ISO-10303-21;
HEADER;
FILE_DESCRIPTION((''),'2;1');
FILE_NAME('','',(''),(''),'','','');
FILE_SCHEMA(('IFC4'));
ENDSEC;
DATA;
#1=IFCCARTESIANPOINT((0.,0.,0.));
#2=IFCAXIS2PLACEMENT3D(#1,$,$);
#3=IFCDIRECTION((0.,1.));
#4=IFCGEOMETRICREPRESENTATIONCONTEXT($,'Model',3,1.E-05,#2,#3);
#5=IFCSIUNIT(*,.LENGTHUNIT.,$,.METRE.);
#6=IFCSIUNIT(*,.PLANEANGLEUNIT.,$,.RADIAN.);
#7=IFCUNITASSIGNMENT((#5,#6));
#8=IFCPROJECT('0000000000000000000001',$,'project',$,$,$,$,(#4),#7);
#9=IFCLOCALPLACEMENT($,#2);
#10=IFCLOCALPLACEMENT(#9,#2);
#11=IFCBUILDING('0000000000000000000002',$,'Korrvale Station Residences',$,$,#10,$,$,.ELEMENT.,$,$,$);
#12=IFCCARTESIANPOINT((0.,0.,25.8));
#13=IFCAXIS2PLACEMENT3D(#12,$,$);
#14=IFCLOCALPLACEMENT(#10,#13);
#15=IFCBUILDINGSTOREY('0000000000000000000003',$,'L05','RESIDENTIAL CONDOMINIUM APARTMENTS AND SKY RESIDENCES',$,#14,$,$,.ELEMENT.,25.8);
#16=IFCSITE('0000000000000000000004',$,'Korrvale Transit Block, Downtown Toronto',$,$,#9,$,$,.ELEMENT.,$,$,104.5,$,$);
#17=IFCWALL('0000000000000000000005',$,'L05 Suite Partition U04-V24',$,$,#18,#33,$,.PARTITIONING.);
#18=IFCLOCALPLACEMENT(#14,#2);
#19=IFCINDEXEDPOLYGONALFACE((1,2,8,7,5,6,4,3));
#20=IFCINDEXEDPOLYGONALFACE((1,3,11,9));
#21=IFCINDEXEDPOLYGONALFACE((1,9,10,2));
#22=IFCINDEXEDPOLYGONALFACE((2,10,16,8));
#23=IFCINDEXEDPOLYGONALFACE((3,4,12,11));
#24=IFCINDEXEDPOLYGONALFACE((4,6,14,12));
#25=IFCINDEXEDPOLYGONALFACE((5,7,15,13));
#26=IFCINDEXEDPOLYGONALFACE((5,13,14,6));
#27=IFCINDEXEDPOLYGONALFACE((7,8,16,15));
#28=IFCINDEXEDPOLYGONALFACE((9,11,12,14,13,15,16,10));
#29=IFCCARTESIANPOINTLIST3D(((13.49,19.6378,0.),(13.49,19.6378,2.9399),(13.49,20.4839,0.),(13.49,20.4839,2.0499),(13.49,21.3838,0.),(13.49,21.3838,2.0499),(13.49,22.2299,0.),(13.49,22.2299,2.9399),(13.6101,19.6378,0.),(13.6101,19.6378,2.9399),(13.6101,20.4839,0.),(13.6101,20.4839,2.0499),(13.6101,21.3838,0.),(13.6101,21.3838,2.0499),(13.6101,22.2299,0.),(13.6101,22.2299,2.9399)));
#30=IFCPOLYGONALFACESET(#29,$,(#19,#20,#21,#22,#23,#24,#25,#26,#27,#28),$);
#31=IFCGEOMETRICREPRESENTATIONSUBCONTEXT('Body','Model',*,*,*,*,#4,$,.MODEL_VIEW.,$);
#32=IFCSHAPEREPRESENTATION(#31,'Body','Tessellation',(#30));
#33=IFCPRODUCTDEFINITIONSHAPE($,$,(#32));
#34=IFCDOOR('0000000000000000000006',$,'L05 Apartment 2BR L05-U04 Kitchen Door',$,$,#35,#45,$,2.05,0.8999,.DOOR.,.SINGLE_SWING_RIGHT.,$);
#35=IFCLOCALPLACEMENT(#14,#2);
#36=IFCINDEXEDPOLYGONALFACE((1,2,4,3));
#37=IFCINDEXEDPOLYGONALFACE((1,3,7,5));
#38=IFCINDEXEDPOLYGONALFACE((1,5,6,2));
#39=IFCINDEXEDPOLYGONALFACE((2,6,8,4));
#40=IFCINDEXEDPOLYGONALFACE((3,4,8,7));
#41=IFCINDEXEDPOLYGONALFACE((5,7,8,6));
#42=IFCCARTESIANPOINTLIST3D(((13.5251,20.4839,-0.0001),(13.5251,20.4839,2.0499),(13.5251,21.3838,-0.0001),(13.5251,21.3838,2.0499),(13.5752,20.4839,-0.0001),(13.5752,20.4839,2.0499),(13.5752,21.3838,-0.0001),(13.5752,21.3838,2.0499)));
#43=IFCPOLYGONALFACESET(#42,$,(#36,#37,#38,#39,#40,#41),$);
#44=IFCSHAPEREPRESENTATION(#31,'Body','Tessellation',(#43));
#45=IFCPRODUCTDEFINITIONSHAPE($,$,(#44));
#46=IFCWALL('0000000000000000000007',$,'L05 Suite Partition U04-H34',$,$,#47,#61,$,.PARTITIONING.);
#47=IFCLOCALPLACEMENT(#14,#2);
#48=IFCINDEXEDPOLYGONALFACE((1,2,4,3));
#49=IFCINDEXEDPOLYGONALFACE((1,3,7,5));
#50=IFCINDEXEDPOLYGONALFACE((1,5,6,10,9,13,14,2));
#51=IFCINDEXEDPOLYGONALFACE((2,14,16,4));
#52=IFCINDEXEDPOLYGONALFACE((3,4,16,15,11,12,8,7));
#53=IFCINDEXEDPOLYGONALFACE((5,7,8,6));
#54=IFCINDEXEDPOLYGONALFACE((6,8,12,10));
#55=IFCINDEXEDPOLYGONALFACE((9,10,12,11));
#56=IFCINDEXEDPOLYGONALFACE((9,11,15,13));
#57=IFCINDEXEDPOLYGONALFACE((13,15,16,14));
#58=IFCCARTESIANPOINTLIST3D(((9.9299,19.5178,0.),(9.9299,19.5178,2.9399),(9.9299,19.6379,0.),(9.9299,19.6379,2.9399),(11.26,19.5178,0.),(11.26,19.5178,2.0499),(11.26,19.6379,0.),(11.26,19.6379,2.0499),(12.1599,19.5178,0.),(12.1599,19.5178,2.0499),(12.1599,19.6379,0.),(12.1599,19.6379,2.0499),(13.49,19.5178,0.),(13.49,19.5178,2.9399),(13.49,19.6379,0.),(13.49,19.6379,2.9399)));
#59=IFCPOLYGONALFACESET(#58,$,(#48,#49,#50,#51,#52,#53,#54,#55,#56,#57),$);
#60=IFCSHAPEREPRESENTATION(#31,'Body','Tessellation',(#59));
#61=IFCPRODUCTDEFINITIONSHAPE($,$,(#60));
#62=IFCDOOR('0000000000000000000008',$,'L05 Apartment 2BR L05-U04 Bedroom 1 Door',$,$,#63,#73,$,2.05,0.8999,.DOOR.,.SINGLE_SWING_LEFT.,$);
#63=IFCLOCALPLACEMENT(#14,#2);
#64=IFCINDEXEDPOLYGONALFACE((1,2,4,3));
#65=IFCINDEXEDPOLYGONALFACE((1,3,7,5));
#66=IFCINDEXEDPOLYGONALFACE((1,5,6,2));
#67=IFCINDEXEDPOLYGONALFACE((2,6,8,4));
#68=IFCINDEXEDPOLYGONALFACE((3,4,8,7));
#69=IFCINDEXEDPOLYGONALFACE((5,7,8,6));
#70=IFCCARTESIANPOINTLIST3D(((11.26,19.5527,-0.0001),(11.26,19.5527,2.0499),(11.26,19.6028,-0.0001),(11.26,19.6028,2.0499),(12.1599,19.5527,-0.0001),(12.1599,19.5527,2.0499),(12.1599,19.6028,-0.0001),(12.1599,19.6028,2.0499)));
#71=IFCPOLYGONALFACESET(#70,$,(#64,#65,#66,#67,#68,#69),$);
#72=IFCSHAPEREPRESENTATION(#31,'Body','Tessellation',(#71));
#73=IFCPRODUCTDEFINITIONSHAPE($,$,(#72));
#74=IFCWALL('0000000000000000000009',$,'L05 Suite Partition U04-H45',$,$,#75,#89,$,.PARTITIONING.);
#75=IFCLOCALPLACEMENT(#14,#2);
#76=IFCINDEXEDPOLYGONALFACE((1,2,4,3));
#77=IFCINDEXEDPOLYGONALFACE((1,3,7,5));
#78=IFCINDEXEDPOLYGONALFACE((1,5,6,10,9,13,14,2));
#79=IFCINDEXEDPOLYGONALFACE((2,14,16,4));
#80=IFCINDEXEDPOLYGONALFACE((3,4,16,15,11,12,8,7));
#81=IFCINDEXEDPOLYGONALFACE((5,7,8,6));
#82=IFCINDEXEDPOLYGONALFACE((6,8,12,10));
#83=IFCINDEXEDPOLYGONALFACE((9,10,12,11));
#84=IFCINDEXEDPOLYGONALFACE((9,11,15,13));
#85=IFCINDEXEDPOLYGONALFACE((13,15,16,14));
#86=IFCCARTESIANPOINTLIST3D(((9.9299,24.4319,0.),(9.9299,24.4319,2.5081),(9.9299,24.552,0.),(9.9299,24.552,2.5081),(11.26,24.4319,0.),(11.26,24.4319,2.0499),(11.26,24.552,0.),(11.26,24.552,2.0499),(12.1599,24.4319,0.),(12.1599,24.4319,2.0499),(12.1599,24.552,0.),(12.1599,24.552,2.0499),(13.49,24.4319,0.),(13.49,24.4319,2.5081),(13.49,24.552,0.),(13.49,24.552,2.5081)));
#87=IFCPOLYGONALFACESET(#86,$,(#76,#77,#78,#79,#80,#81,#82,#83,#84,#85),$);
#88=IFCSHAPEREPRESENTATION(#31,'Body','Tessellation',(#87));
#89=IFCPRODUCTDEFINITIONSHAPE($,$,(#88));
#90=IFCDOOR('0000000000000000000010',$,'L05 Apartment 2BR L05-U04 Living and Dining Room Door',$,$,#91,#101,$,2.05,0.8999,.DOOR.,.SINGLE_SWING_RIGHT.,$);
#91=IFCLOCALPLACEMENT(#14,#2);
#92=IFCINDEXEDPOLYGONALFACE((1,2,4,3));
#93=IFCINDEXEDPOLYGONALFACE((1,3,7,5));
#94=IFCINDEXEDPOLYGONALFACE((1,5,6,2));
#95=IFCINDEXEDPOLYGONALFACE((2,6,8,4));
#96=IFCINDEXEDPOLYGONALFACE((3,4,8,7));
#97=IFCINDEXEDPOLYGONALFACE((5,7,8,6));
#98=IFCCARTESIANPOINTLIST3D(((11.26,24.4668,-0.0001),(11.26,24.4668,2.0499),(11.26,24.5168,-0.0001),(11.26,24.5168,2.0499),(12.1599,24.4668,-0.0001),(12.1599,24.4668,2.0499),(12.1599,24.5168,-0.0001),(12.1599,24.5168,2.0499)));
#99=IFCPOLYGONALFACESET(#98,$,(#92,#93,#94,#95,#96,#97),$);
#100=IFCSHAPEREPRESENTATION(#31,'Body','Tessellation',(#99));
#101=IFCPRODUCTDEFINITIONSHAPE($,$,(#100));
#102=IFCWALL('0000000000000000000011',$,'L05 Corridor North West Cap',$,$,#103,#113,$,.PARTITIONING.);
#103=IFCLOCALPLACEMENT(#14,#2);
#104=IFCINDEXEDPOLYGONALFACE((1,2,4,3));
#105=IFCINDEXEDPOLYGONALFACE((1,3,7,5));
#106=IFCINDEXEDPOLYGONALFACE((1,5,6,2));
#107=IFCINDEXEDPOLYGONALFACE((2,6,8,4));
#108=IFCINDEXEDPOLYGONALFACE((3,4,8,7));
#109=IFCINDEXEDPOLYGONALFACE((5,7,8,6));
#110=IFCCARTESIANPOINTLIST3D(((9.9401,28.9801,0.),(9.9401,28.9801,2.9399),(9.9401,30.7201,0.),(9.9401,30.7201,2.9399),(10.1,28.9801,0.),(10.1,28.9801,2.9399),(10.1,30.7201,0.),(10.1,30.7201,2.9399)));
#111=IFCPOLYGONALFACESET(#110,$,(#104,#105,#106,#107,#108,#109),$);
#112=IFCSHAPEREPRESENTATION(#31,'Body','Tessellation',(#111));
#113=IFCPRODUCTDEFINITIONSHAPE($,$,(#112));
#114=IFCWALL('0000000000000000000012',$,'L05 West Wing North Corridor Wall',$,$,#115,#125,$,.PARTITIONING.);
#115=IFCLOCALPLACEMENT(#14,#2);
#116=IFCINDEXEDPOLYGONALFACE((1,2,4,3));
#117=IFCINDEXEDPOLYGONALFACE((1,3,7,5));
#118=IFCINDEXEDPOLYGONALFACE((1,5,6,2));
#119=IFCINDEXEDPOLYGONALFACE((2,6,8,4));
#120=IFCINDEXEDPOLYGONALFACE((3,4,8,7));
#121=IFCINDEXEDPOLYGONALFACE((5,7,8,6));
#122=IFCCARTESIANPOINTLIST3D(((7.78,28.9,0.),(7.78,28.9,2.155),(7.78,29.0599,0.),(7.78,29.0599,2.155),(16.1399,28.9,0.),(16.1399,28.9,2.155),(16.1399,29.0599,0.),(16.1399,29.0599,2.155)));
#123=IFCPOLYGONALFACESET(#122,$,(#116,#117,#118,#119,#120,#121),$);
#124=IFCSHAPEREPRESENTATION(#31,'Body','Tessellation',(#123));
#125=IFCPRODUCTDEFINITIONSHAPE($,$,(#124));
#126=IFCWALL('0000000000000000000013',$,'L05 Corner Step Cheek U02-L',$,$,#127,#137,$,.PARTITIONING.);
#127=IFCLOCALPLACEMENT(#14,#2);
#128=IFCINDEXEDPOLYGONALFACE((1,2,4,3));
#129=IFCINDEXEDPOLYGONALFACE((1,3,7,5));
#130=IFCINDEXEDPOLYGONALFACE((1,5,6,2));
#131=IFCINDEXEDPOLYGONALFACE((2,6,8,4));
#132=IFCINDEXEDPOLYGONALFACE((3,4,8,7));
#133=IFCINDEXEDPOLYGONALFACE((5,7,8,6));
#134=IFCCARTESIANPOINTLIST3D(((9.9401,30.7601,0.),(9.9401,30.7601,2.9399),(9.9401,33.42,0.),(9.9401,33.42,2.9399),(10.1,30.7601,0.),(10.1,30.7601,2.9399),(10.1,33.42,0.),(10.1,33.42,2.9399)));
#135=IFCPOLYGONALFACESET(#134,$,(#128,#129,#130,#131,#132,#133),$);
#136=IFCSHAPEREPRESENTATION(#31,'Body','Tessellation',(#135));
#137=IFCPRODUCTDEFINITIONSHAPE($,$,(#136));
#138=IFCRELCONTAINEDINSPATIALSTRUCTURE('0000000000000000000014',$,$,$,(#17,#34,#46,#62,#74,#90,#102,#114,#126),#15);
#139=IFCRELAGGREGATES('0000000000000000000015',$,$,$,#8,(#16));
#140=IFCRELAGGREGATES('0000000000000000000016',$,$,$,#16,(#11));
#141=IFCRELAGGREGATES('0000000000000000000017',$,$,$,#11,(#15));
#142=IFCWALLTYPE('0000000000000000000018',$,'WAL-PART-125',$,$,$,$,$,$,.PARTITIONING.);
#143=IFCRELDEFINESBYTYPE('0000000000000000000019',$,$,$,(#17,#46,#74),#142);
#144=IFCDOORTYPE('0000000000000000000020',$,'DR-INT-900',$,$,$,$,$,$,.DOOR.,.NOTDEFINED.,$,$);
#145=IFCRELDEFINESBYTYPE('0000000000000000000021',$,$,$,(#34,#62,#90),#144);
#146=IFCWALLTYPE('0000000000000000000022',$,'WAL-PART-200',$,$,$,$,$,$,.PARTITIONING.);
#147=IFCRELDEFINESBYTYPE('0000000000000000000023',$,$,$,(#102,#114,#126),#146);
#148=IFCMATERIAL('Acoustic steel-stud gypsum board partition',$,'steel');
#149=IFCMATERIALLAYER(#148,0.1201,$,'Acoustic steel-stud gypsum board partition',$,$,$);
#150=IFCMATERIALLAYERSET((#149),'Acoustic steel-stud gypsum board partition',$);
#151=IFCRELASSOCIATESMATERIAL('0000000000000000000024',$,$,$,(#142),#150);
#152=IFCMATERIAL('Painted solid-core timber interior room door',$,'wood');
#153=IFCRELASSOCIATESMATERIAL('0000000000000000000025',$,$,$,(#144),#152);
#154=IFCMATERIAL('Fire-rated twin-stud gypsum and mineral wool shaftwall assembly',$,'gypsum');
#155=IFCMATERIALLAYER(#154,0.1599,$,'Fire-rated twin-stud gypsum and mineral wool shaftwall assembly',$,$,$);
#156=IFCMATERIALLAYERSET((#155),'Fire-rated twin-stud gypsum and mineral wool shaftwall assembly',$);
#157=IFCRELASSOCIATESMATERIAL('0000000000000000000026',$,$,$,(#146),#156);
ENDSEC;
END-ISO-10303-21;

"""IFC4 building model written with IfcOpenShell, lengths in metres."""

from ifc_helpers import new_model, si_unit, direction, frame, frame_2d, origin, place, context, subcontext, project, spatial, rectangle, extrude, material, layer, layer_set, type_object, element, fill, save


model = new_model("IFC4")

# Units and contexts
model_context = context("Model", 3, precision=1e-05, world=origin(), true_north=direction((0.0, 1.0)))
body_context = subcontext(model_context, "Body", "Model", "MODEL_VIEW")
ifc_project = project(units=[si_unit("LENGTHUNIT", "METRE"), si_unit("PLANEANGLEUNIT", "RADIAN")], contexts=[model_context])

# Site, building, storey
site_placement = place(None, origin())
site = spatial("IfcSite", under=ifc_project, at=site_placement, Name="Korrvale Transit Block, Downtown Toronto", CompositionType="ELEMENT", RefElevation=104.5)
building_placement = place(site_placement, origin())
building = spatial("IfcBuilding", under=site, at=building_placement, Name="Korrvale Station Residences", CompositionType="ELEMENT")
storey_placement = place(building_placement, frame((0.0, 0.0, 25.8)))
storey = spatial("IfcBuildingStorey", under=building, at=storey_placement, Name="L05", Description="RESIDENTIAL CONDOMINIUM APARTMENTS AND SKY RESIDENCES", CompositionType="ELEMENT", Elevation=25.8)

# Walls, openings, doors
ifc_material_1 = material(Name="Acoustic steel-stud gypsum board partition", Category="steel")
ifc_layer_1 = layer(ifc_material_1, 0.1201, Name="Acoustic steel-stud gypsum board partition")
ifc_layer_set_1 = layer_set([ifc_layer_1], Name="Acoustic steel-stud gypsum board partition")
wall_type_1 = type_object("IfcWallType", Name="WAL-PART-125", PredefinedType="PARTITIONING", material=ifc_layer_set_1)
wall_1_placement = place(storey_placement, frame((13.55, 19.6379, 0.0), z_axis=(0.0, 0.0, 1.0), x_axis=(0.0, 1.0, 0.0)))
wall_1 = element("IfcWall", 1, at=wall_1_placement, inside=storey, type_object=wall_type_1, Name="L05 Suite Partition U04-V24", PredefinedType="PARTITIONING", context=body_context, shape_type="SweptSolid", body=[
    extrude(rectangle(XDim=2.592, YDim=0.1201, at=frame_2d((1.2959, 0.0))), origin(), (0.0, 0.0, 1.0), 2.9399),
])
opening_1_placement = place(wall_1_placement, frame((0.8459, 0.0, 0.0)))
opening_1 = element("IfcOpeningElement", 2, at=opening_1_placement, cuts=wall_1, PredefinedType="OPENING", context=body_context, shape_type="SweptSolid", body=[
    extrude(rectangle(XDim=0.8999, YDim=2.05, at=frame_2d((0.45, 1.0249))), frame((0.0, 0.0701, 0.0), z_axis=(0.0, -1.0, 0.0), x_axis=(1.0, 0.0, 0.0)), (0.0, 0.0, 1.0), 0.1401),
])
ifc_material_2 = material(Name="Painted solid-core timber interior room door", Category="wood")
door_type_1 = type_object("IfcDoorType", Name="DR-INT-900", OperationType="NOTDEFINED", PredefinedType="DOOR", material=ifc_material_2)
door_1_placement = place(opening_1_placement, origin())
door_1 = element("IfcDoor", 3, at=door_1_placement, inside=storey, type_object=door_type_1, Name="L05 Apartment 2BR L05-U04 Kitchen Door", OperationType="SINGLE_SWING_RIGHT", OverallHeight=2.05, OverallWidth=0.8999, PredefinedType="DOOR", context=body_context, shape_type="SweptSolid", body=[
    extrude(rectangle(XDim=0.8999, YDim=2.05, at=frame_2d((0.45, 1.0249))), frame((0.0, 0.0249, 0.0), z_axis=(0.0, -1.0, 0.0), x_axis=(1.0, 0.0, 0.0)), (0.0, 0.0, 1.0), 0.05),
])
fill(opening_1, door_1)
wall_2_placement = place(storey_placement, frame((9.9299, 19.5779, 0.0), z_axis=(0.0, 0.0, 1.0), x_axis=(1.0, 0.0, 0.0)))
wall_2 = element("IfcWall", 4, at=wall_2_placement, inside=storey, type_object=wall_type_1, Name="L05 Suite Partition U04-H34", PredefinedType="PARTITIONING", context=body_context, shape_type="SweptSolid", body=[
    extrude(rectangle(XDim=3.5601, YDim=0.1201, at=frame_2d((1.78, 0.0))), origin(), (0.0, 0.0, 1.0), 2.9399),
])
opening_2_placement = place(wall_2_placement, frame((1.3301, 0.0, 0.0)))
opening_2 = element("IfcOpeningElement", 5, at=opening_2_placement, cuts=wall_2, PredefinedType="OPENING", context=body_context, shape_type="SweptSolid", body=[
    extrude(rectangle(XDim=0.8999, YDim=2.05, at=frame_2d((0.45, 1.0249))), frame((0.0, 0.0701, 0.0), z_axis=(0.0, -1.0, 0.0), x_axis=(1.0, 0.0, 0.0)), (0.0, 0.0, 1.0), 0.1401),
])
door_2_placement = place(opening_2_placement, origin())
door_2 = element("IfcDoor", 6, at=door_2_placement, inside=storey, type_object=door_type_1, Name="L05 Apartment 2BR L05-U04 Bedroom 1 Door", OperationType="SINGLE_SWING_LEFT", OverallHeight=2.05, OverallWidth=0.8999, PredefinedType="DOOR", context=body_context, shape_type="SweptSolid", body=[
    extrude(rectangle(XDim=0.8999, YDim=2.05, at=frame_2d((0.45, 1.0249))), frame((0.0, 0.0249, 0.0), z_axis=(0.0, -1.0, 0.0), x_axis=(1.0, 0.0, 0.0)), (0.0, 0.0, 1.0), 0.05),
])
fill(opening_2, door_2)
wall_3_placement = place(storey_placement, frame((9.9299, 24.4919, 0.0), z_axis=(0.0, 0.0, 1.0), x_axis=(1.0, 0.0, 0.0)))
wall_3 = element("IfcWall", 7, at=wall_3_placement, inside=storey, type_object=wall_type_1, Name="L05 Suite Partition U04-H45", PredefinedType="PARTITIONING", context=body_context, shape_type="SweptSolid", body=[
    extrude(rectangle(XDim=3.5601, YDim=0.1201, at=frame_2d((1.78, 0.0))), origin(), (0.0, 0.0, 1.0), 2.5081),
])
opening_3_placement = place(wall_3_placement, frame((1.3301, 0.0, 0.0)))
opening_3 = element("IfcOpeningElement", 8, at=opening_3_placement, cuts=wall_3, PredefinedType="OPENING", context=body_context, shape_type="SweptSolid", body=[
    extrude(rectangle(XDim=0.8999, YDim=2.05, at=frame_2d((0.45, 1.0249))), frame((0.0, 0.0701, 0.0), z_axis=(0.0, -1.0, 0.0), x_axis=(1.0, 0.0, 0.0)), (0.0, 0.0, 1.0), 0.1401),
])
door_3_placement = place(opening_3_placement, origin())
door_3 = element("IfcDoor", 9, at=door_3_placement, inside=storey, type_object=door_type_1, Name="L05 Apartment 2BR L05-U04 Living and Dining Room Door", OperationType="SINGLE_SWING_RIGHT", OverallHeight=2.05, OverallWidth=0.8999, PredefinedType="DOOR", context=body_context, shape_type="SweptSolid", body=[
    extrude(rectangle(XDim=0.8999, YDim=2.05, at=frame_2d((0.45, 1.0249))), frame((0.0, 0.0249, 0.0), z_axis=(0.0, -1.0, 0.0), x_axis=(1.0, 0.0, 0.0)), (0.0, 0.0, 1.0), 0.05),
])
fill(opening_3, door_3)

# Walls
ifc_material_3 = material(Name="Fire-rated twin-stud gypsum and mineral wool shaftwall assembly", Category="gypsum")
ifc_layer_2 = layer(ifc_material_3, 0.1599, Name="Fire-rated twin-stud gypsum and mineral wool shaftwall assembly")
ifc_layer_set_2 = layer_set([ifc_layer_2], Name="Fire-rated twin-stud gypsum and mineral wool shaftwall assembly")
wall_type_2 = type_object("IfcWallType", Name="WAL-PART-200", PredefinedType="PARTITIONING", material=ifc_layer_set_2)
wall_4_placement = place(storey_placement, frame((10.02, 28.98, 0.0), z_axis=(0.0, 0.0, 1.0), x_axis=(0.0, 1.0, 0.0)))
element("IfcWall", 10, at=wall_4_placement, inside=storey, type_object=wall_type_2, Name="L05 Corridor North West Cap", PredefinedType="PARTITIONING", context=body_context, shape_type="SweptSolid", body=[
    extrude(rectangle(XDim=1.74, YDim=0.1599, at=frame_2d((0.8701, 0.0))), origin(), (0.0, 0.0, 1.0), 2.9399),
])
wall_5_placement = place(storey_placement, frame((7.78, 28.98, 0.0), z_axis=(0.0, 0.0, 1.0), x_axis=(1.0, 0.0, 0.0)))
element("IfcWall", 11, at=wall_5_placement, inside=storey, type_object=wall_type_2, Name="L05 West Wing North Corridor Wall", PredefinedType="PARTITIONING", context=body_context, shape_type="SweptSolid", body=[
    extrude(rectangle(XDim=8.3599, YDim=0.1599, at=frame_2d((4.1799, 0.0))), origin(), (0.0, 0.0, 1.0), 2.155),
])
wall_6_placement = place(storey_placement, frame((10.02, 30.76, 0.0), z_axis=(0.0, 0.0, 1.0), x_axis=(0.0, 1.0, 0.0)))
element("IfcWall", 12, at=wall_6_placement, inside=storey, type_object=wall_type_2, Name="L05 Corner Step Cheek U02-L", PredefinedType="PARTITIONING", context=body_context, shape_type="SweptSolid", body=[
    extrude(rectangle(XDim=2.6599, YDim=0.1599, at=frame_2d((1.3301, 0.0))), origin(), (0.0, 0.0, 1.0), 2.9399),
])

save(model, "model.ifc")
